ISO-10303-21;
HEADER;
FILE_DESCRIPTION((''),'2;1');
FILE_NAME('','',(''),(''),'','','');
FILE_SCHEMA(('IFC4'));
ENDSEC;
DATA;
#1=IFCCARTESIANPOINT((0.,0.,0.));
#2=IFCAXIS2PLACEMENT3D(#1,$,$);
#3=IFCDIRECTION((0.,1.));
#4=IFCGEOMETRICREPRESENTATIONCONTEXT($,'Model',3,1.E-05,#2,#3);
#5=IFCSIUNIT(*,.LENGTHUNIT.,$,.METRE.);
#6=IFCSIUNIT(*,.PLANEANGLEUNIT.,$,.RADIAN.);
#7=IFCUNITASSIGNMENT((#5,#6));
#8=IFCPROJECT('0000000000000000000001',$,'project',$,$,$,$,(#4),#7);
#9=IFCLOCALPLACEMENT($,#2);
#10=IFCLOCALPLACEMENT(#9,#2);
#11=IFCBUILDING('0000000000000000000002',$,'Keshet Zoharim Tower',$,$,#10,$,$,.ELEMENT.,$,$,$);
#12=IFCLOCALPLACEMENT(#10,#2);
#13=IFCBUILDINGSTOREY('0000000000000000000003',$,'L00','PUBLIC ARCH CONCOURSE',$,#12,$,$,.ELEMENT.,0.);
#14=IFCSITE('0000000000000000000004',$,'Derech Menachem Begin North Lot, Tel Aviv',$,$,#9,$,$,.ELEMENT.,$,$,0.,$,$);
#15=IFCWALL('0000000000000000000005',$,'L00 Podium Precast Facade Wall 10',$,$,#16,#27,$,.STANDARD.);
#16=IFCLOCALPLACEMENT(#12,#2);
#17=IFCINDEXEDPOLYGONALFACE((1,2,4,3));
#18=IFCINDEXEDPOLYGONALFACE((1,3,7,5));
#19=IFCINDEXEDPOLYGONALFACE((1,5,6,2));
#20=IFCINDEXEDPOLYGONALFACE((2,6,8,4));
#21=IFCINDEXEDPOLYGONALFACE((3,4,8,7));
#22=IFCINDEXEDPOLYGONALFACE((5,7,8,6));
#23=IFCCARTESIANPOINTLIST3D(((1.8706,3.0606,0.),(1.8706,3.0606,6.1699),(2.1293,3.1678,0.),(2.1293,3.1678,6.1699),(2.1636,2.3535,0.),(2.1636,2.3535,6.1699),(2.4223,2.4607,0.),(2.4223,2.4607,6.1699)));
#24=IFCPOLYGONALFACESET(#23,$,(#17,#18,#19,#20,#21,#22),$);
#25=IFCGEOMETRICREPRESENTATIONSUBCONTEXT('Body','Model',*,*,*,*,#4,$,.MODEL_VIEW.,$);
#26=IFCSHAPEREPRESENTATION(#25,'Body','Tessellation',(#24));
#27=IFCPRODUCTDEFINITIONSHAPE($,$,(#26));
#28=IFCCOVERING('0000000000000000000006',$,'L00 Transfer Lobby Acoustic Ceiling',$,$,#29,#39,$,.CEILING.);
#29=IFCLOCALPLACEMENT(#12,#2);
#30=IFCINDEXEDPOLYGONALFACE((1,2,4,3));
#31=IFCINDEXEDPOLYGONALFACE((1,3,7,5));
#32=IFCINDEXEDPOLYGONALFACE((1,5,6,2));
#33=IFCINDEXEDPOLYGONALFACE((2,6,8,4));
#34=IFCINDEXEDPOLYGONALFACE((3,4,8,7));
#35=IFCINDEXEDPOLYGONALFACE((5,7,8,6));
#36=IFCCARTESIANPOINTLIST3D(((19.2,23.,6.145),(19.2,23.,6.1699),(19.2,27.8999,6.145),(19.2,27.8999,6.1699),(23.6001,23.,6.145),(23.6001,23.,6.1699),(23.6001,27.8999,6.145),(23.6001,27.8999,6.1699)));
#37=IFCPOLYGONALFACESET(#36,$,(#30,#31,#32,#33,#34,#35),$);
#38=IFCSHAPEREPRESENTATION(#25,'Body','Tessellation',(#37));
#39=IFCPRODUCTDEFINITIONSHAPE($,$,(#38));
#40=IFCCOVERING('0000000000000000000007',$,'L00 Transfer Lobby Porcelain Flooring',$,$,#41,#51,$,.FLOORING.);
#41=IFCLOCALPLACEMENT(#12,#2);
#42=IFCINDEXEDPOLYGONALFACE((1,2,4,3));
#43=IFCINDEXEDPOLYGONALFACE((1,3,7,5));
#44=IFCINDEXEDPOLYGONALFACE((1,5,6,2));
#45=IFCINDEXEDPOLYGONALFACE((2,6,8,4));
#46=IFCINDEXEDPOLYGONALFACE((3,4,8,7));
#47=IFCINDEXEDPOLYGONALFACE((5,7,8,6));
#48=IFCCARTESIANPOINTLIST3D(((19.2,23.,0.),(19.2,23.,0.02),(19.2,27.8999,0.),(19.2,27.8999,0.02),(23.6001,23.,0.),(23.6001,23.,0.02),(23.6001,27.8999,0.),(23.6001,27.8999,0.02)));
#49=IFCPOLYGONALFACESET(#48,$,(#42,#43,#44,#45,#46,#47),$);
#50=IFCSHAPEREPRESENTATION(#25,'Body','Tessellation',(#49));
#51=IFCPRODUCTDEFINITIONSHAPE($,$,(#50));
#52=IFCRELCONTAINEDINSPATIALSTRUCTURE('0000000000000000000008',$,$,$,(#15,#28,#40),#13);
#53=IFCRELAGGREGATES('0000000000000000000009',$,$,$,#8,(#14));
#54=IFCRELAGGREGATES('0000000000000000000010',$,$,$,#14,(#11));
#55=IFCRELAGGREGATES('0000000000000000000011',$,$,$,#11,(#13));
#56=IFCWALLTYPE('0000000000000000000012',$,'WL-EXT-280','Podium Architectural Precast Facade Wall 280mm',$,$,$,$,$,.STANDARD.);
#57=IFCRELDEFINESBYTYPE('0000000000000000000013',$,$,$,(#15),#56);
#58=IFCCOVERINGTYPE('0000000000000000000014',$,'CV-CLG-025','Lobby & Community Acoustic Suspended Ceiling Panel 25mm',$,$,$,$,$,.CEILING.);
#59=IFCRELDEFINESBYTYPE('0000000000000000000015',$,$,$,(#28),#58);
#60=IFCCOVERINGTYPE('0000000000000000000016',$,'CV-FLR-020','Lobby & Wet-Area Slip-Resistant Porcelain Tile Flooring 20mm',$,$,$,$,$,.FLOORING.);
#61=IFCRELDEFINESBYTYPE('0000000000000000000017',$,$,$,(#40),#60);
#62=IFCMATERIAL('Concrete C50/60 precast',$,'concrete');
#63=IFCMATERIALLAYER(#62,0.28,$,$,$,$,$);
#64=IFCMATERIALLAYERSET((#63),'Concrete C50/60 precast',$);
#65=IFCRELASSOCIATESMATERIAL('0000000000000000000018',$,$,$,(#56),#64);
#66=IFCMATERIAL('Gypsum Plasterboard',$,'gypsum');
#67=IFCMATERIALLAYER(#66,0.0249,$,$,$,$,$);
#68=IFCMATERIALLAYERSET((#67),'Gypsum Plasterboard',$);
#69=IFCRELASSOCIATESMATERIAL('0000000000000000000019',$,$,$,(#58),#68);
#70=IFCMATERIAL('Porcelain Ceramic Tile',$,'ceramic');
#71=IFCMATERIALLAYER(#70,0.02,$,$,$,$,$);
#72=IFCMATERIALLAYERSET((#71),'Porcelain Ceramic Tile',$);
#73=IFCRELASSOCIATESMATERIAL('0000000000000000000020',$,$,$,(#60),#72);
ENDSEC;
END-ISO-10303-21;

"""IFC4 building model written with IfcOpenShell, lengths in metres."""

from ifc_helpers import new_model, si_unit, direction, frame, frame_2d, origin, place, context, subcontext, project, spatial, polyline, rectangle, outline, extrude, material, layer, layer_set, type_object, element, save


model = new_model("IFC4")

# Units and contexts
model_context = context("Model", 3, precision=1e-05, world=origin(), true_north=direction((0.0, 1.0)))
body_context = subcontext(model_context, "Body", "Model", "MODEL_VIEW")
ifc_project = project(units=[si_unit("LENGTHUNIT", "METRE"), si_unit("PLANEANGLEUNIT", "RADIAN")], contexts=[model_context])

# Site, building, storey
site_placement = place(None, origin())
site = spatial("IfcSite", under=ifc_project, at=site_placement, Name="Derech Menachem Begin North Lot, Tel Aviv", CompositionType="ELEMENT", RefElevation=0.0)
building_placement = place(site_placement, origin())
building = spatial("IfcBuilding", under=site, at=building_placement, Name="Keshet Zoharim Tower", CompositionType="ELEMENT")
storey_placement = place(building_placement, origin())
storey = spatial("IfcBuildingStorey", under=building, at=storey_placement, Name="L00", Description="PUBLIC ARCH CONCOURSE", CompositionType="ELEMENT", Elevation=0.0)

# Shared definitions
ifc_material_1 = material(Name="Gypsum Plasterboard", Category="gypsum")

# Shared definitions
ifc_material_2 = material(Name="Concrete C50/60 precast", Category="concrete")
ifc_layer_1 = layer(ifc_material_2, 0.28)
ifc_layer_set_1 = layer_set([ifc_layer_1], Name="Concrete C50/60 precast")
wall_type_1 = type_object("IfcWallType", Name="WL-EXT-280", Description="Podium Architectural Precast Facade Wall 280mm", PredefinedType="STANDARD", material=ifc_layer_set_1)

# Wall
wall_1_placement = place(storey_placement, frame((2.293, 2.407, 0.0), z_axis=(0.0, 0.0, 1.0), x_axis=(-0.382803, 0.92383, 0.0)))
element("IfcWall", 1, at=wall_1_placement, inside=storey, type_object=wall_type_1, Name="L00 Podium Precast Facade Wall 10", PredefinedType="STANDARD", context=body_context, shape_type="SweptSolid", body=[
    extrude(rectangle(XDim=0.7654, YDim=0.28, at=frame_2d((0.3828, 0.0))), origin(), (0.0, 0.0, 1.0), 6.1699),
])

# Coverings
ifc_layer_2 = layer(ifc_material_1, 0.0249)
ifc_layer_set_2 = layer_set([ifc_layer_2], Name="Gypsum Plasterboard")
covering_type_1 = type_object("IfcCoveringType", Name="CV-CLG-025", Description="Lobby & Community Acoustic Suspended Ceiling Panel 25mm", PredefinedType="CEILING", material=ifc_layer_set_2)
covering_1_placement = place(storey_placement, frame((0.0, 0.0, 6.145)))
element("IfcCovering", 2, at=covering_1_placement, inside=storey, type_object=covering_type_1, Name="L00 Transfer Lobby Acoustic Ceiling", PredefinedType="CEILING", context=body_context, shape_type="SweptSolid", body=[
    extrude(outline(polyline([(19.2, 23.0), (23.6001, 23.0), (23.6001, 27.8999), (19.2, 27.8999), (19.2, 23.0)])), origin(), (0.0, 0.0, 1.0), 0.0249),
])
ifc_material_3 = material(Name="Porcelain Ceramic Tile", Category="ceramic")
ifc_layer_3 = layer(ifc_material_3, 0.02)
ifc_layer_set_3 = layer_set([ifc_layer_3], Name="Porcelain Ceramic Tile")
covering_type_2 = type_object("IfcCoveringType", Name="CV-FLR-020", Description="Lobby & Wet-Area Slip-Resistant Porcelain Tile Flooring 20mm", PredefinedType="FLOORING", material=ifc_layer_set_3)
covering_2_placement = place(storey_placement, origin())
element("IfcCovering", 3, at=covering_2_placement, inside=storey, type_object=covering_type_2, Name="L00 Transfer Lobby Porcelain Flooring", PredefinedType="FLOORING", context=body_context, shape_type="SweptSolid", body=[
    extrude(outline(polyline([(19.2, 23.0), (23.6001, 23.0), (23.6001, 27.8999), (19.2, 27.8999), (19.2, 23.0)])), origin(), (0.0, 0.0, 1.0), 0.02),
])

save(model, "model.ifc")
